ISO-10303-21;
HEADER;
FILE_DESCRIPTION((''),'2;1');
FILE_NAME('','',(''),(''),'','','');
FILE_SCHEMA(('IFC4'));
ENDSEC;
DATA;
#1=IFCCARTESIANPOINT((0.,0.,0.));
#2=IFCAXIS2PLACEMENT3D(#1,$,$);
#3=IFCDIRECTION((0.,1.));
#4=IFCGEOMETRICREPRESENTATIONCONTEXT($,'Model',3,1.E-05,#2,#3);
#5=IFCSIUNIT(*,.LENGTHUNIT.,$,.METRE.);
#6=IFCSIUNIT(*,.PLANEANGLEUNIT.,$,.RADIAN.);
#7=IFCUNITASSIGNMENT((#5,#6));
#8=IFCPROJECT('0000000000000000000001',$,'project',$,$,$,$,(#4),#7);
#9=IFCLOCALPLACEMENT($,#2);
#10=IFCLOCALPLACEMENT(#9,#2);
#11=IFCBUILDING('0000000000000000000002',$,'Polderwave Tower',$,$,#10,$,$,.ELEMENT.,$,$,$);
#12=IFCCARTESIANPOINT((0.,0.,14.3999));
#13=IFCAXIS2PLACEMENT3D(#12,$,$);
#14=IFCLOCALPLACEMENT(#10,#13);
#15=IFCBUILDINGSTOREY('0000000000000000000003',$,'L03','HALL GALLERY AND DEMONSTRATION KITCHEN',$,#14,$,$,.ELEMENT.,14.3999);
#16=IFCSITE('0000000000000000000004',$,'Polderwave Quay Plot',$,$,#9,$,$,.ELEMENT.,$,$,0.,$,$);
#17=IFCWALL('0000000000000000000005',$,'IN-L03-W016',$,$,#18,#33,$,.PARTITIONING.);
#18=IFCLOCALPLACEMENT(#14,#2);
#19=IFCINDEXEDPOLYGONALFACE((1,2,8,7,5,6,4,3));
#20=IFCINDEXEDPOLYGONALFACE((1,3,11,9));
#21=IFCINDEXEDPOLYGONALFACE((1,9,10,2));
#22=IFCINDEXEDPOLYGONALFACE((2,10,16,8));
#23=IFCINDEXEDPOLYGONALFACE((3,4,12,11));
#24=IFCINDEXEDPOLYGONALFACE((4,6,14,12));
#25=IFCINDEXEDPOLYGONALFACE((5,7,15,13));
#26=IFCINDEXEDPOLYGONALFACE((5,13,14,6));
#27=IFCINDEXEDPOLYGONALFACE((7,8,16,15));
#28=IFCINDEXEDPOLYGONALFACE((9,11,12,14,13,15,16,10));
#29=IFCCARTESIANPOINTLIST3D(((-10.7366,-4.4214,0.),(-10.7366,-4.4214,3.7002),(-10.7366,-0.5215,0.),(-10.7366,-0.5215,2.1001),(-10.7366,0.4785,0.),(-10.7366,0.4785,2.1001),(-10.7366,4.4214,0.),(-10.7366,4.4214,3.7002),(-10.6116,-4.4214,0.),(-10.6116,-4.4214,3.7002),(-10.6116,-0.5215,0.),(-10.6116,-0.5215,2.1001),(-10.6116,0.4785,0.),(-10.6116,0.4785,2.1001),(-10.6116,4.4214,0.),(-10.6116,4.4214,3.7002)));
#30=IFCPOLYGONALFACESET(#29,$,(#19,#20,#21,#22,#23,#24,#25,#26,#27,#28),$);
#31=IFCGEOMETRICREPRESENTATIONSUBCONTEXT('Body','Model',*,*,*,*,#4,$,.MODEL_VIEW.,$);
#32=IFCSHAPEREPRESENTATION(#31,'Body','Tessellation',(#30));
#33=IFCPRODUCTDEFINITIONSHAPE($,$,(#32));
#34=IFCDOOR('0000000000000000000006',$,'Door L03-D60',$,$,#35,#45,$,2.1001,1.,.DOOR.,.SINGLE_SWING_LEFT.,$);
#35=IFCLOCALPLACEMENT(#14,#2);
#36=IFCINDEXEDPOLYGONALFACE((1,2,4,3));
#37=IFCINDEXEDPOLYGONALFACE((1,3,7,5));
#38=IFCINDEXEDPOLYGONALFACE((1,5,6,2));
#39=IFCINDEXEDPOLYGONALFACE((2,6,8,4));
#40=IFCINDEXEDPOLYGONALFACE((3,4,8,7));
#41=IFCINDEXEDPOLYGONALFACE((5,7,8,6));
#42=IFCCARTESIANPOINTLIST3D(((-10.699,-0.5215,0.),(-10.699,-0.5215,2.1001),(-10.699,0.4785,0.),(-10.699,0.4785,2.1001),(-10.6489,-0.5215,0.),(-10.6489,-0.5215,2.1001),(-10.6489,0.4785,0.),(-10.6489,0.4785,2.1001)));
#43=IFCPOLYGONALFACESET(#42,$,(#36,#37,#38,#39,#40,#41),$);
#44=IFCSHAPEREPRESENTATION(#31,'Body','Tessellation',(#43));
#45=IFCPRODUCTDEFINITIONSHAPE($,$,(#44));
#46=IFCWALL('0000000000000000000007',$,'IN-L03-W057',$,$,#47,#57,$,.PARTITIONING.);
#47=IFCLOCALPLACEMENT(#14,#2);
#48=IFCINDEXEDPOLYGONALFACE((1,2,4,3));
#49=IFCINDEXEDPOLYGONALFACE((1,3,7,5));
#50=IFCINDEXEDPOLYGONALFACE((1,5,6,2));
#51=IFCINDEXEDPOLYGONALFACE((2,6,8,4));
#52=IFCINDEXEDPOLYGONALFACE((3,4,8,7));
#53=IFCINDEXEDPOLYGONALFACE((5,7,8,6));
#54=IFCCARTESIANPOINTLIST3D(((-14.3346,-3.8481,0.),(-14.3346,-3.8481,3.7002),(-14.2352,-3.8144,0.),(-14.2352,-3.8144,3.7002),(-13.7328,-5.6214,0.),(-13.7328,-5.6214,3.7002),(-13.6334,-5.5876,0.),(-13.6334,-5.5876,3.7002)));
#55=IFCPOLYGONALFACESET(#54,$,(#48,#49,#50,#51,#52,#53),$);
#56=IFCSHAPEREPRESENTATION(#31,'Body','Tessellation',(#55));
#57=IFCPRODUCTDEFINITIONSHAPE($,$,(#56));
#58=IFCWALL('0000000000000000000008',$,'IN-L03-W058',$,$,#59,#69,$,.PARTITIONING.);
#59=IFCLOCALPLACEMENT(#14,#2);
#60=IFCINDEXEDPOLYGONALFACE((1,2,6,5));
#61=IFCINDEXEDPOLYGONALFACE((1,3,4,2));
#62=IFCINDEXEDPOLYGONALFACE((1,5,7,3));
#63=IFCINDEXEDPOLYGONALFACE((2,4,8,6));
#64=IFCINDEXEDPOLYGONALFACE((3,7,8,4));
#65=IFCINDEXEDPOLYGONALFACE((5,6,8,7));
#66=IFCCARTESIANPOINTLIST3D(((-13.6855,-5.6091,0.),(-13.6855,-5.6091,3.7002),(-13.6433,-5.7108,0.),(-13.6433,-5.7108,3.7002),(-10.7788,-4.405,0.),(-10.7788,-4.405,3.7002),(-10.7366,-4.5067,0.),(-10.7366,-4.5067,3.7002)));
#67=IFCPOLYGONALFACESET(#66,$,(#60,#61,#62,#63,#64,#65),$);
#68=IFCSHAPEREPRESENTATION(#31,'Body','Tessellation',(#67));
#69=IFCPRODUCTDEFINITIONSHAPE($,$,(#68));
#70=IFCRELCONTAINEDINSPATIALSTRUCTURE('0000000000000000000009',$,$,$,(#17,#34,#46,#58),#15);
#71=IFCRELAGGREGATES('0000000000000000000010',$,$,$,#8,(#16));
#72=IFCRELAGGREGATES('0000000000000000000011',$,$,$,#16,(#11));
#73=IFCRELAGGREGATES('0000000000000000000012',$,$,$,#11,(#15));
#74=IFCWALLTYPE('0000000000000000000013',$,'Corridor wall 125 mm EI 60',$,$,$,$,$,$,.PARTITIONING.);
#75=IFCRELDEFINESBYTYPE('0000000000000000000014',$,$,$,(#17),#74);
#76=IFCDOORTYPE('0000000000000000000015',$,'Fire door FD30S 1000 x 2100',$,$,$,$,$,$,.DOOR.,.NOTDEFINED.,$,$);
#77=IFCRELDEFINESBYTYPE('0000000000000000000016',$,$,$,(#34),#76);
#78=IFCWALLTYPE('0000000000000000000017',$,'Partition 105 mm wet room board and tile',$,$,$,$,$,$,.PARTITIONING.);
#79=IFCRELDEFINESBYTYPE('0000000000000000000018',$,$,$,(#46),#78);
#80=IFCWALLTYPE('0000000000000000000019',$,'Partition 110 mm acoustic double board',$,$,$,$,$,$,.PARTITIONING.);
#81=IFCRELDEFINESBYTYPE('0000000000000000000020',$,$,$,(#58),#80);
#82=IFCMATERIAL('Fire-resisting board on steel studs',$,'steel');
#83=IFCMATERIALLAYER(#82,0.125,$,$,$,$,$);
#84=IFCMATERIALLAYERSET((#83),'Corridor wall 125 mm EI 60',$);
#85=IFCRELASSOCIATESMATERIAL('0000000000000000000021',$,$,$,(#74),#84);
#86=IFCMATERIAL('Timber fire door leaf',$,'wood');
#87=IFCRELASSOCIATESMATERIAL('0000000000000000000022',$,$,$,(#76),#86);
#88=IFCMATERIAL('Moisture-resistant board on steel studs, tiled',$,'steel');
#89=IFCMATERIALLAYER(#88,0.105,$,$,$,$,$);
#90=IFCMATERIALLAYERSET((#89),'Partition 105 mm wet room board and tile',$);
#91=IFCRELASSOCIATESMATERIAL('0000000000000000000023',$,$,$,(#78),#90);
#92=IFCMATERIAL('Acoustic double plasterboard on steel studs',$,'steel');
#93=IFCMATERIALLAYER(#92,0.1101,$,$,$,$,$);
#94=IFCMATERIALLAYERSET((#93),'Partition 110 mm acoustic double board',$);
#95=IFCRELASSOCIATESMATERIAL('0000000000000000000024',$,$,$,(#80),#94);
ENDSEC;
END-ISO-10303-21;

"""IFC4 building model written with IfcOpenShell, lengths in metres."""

from ifc_helpers import new_model, si_unit, direction, frame, frame_2d, origin, place, context, subcontext, project, spatial, rectangle, extrude, material, layer, layer_set, type_object, element, fill, save


model = new_model("IFC4")

# Units and contexts
model_context = context("Model", 3, precision=1e-05, world=origin(), true_north=direction((0.0, 1.0)))
body_context = subcontext(model_context, "Body", "Model", "MODEL_VIEW")
ifc_project = project(units=[si_unit("LENGTHUNIT", "METRE"), si_unit("PLANEANGLEUNIT", "RADIAN")], contexts=[model_context])

# Site, building, storey
site_placement = place(None, origin())
site = spatial("IfcSite", under=ifc_project, at=site_placement, Name="Polderwave Quay Plot", CompositionType="ELEMENT", RefElevation=0.0)
building_placement = place(site_placement, origin())
building = spatial("IfcBuilding", under=site, at=building_placement, Name="Polderwave Tower", CompositionType="ELEMENT")
storey_placement = place(building_placement, frame((0.0, 0.0, 14.3999)))
storey = spatial("IfcBuildingStorey", under=building, at=storey_placement, Name="L03", Description="HALL GALLERY AND DEMONSTRATION KITCHEN", CompositionType="ELEMENT", Elevation=14.3999)

# Wall, opening, door
ifc_material_1 = material(Name="Fire-resisting board on steel studs", Category="steel")
ifc_layer_1 = layer(ifc_material_1, 0.125)
ifc_layer_set_1 = layer_set([ifc_layer_1], Name="Corridor wall 125 mm EI 60")
wall_type_1 = type_object("IfcWallType", Name="Corridor wall 125 mm EI 60", PredefinedType="PARTITIONING", material=ifc_layer_set_1)
wall_1_placement = place(storey_placement, frame((-10.6741, -4.4214, 0.0), z_axis=(0.0, 0.0, 1.0), x_axis=(0.0, 1.0, 0.0)))
wall_1 = element("IfcWall", 1, at=wall_1_placement, inside=storey, type_object=wall_type_1, Name="IN-L03-W016", PredefinedType="PARTITIONING", context=body_context, shape_type="SweptSolid", body=[
    extrude(rectangle(XDim=8.8428, YDim=0.125, at=frame_2d((4.4214, 0.0))), origin(), (0.0, 0.0, 1.0), 3.7002),
])
opening_1_placement = place(wall_1_placement, frame((3.8999, 0.0, 0.0)))
opening_1 = element("IfcOpeningElement", 2, at=opening_1_placement, cuts=wall_1, PredefinedType="OPENING", context=body_context, shape_type="SweptSolid", body=[
    extrude(rectangle(XDim=1.0, YDim=2.1001, at=frame_2d((0.5, 1.05))), frame((0.0, 0.0725, 0.0), z_axis=(0.0, -1.0, 0.0), x_axis=(1.0, 0.0, 0.0)), (0.0, 0.0, 1.0), 0.145),
])
ifc_material_2 = material(Name="Timber fire door leaf", Category="wood")
door_type_1 = type_object("IfcDoorType", Name="Fire door FD30S 1000 x 2100", OperationType="NOTDEFINED", PredefinedType="DOOR", material=ifc_material_2)
door_1_placement = place(opening_1_placement, origin())
door_1 = element("IfcDoor", 3, at=door_1_placement, inside=storey, type_object=door_type_1, Name="Door L03-D60", OperationType="SINGLE_SWING_LEFT", OverallHeight=2.1001, OverallWidth=1.0, PredefinedType="DOOR", context=body_context, shape_type="SweptSolid", body=[
    extrude(rectangle(XDim=1.0, YDim=2.1001, at=frame_2d((0.5, 1.05))), frame((0.0, 0.0249, 0.0), z_axis=(0.0, -1.0, 0.0), x_axis=(1.0, 0.0, 0.0)), (0.0, 0.0, 1.0), 0.05),
])
fill(opening_1, door_1)

# Walls
ifc_material_3 = material(Name="Moisture-resistant board on steel studs, tiled", Category="steel")
ifc_layer_2 = layer(ifc_material_3, 0.105)
ifc_layer_set_2 = layer_set([ifc_layer_2], Name="Partition 105 mm wet room board and tile")
wall_type_2 = type_object("IfcWallType", Name="Partition 105 mm wet room board and tile", PredefinedType="PARTITIONING", material=ifc_layer_set_2)
wall_2_placement = place(storey_placement, frame((-13.6831, -5.6045, 0.0), z_axis=(0.0, 0.0, 1.0), x_axis=(-0.321386, 0.946948, 0.0)))
element("IfcWall", 4, at=wall_2_placement, inside=storey, type_object=wall_type_2, Name="IN-L03-W057", PredefinedType="PARTITIONING", context=body_context, shape_type="SweptSolid", body=[
    extrude(rectangle(XDim=1.8726, YDim=0.105, at=frame_2d((0.9363, 0.0))), origin(), (0.0, 0.0, 1.0), 3.7002),
])
ifc_material_4 = material(Name="Acoustic double plasterboard on steel studs", Category="steel")
ifc_layer_3 = layer(ifc_material_4, 0.1101)
ifc_layer_set_3 = layer_set([ifc_layer_3], Name="Partition 110 mm acoustic double board")
wall_type_3 = type_object("IfcWallType", Name="Partition 110 mm acoustic double board", PredefinedType="PARTITIONING", material=ifc_layer_set_3)
wall_3_placement = place(storey_placement, frame((-10.7576, -4.4558, 0.0), z_axis=(0.0, 0.0, 1.0), x_axis=(-0.923869, -0.382708, 0.0)))
element("IfcWall", 5, at=wall_3_placement, inside=storey, type_object=wall_type_3, Name="IN-L03-W058", PredefinedType="PARTITIONING", context=body_context, shape_type="SweptSolid", body=[
    extrude(rectangle(XDim=3.1462, YDim=0.1101, at=frame_2d((1.5732, 0.0))), origin(), (0.0, 0.0, 1.0), 3.7002),
])

save(model, "model.ifc")
